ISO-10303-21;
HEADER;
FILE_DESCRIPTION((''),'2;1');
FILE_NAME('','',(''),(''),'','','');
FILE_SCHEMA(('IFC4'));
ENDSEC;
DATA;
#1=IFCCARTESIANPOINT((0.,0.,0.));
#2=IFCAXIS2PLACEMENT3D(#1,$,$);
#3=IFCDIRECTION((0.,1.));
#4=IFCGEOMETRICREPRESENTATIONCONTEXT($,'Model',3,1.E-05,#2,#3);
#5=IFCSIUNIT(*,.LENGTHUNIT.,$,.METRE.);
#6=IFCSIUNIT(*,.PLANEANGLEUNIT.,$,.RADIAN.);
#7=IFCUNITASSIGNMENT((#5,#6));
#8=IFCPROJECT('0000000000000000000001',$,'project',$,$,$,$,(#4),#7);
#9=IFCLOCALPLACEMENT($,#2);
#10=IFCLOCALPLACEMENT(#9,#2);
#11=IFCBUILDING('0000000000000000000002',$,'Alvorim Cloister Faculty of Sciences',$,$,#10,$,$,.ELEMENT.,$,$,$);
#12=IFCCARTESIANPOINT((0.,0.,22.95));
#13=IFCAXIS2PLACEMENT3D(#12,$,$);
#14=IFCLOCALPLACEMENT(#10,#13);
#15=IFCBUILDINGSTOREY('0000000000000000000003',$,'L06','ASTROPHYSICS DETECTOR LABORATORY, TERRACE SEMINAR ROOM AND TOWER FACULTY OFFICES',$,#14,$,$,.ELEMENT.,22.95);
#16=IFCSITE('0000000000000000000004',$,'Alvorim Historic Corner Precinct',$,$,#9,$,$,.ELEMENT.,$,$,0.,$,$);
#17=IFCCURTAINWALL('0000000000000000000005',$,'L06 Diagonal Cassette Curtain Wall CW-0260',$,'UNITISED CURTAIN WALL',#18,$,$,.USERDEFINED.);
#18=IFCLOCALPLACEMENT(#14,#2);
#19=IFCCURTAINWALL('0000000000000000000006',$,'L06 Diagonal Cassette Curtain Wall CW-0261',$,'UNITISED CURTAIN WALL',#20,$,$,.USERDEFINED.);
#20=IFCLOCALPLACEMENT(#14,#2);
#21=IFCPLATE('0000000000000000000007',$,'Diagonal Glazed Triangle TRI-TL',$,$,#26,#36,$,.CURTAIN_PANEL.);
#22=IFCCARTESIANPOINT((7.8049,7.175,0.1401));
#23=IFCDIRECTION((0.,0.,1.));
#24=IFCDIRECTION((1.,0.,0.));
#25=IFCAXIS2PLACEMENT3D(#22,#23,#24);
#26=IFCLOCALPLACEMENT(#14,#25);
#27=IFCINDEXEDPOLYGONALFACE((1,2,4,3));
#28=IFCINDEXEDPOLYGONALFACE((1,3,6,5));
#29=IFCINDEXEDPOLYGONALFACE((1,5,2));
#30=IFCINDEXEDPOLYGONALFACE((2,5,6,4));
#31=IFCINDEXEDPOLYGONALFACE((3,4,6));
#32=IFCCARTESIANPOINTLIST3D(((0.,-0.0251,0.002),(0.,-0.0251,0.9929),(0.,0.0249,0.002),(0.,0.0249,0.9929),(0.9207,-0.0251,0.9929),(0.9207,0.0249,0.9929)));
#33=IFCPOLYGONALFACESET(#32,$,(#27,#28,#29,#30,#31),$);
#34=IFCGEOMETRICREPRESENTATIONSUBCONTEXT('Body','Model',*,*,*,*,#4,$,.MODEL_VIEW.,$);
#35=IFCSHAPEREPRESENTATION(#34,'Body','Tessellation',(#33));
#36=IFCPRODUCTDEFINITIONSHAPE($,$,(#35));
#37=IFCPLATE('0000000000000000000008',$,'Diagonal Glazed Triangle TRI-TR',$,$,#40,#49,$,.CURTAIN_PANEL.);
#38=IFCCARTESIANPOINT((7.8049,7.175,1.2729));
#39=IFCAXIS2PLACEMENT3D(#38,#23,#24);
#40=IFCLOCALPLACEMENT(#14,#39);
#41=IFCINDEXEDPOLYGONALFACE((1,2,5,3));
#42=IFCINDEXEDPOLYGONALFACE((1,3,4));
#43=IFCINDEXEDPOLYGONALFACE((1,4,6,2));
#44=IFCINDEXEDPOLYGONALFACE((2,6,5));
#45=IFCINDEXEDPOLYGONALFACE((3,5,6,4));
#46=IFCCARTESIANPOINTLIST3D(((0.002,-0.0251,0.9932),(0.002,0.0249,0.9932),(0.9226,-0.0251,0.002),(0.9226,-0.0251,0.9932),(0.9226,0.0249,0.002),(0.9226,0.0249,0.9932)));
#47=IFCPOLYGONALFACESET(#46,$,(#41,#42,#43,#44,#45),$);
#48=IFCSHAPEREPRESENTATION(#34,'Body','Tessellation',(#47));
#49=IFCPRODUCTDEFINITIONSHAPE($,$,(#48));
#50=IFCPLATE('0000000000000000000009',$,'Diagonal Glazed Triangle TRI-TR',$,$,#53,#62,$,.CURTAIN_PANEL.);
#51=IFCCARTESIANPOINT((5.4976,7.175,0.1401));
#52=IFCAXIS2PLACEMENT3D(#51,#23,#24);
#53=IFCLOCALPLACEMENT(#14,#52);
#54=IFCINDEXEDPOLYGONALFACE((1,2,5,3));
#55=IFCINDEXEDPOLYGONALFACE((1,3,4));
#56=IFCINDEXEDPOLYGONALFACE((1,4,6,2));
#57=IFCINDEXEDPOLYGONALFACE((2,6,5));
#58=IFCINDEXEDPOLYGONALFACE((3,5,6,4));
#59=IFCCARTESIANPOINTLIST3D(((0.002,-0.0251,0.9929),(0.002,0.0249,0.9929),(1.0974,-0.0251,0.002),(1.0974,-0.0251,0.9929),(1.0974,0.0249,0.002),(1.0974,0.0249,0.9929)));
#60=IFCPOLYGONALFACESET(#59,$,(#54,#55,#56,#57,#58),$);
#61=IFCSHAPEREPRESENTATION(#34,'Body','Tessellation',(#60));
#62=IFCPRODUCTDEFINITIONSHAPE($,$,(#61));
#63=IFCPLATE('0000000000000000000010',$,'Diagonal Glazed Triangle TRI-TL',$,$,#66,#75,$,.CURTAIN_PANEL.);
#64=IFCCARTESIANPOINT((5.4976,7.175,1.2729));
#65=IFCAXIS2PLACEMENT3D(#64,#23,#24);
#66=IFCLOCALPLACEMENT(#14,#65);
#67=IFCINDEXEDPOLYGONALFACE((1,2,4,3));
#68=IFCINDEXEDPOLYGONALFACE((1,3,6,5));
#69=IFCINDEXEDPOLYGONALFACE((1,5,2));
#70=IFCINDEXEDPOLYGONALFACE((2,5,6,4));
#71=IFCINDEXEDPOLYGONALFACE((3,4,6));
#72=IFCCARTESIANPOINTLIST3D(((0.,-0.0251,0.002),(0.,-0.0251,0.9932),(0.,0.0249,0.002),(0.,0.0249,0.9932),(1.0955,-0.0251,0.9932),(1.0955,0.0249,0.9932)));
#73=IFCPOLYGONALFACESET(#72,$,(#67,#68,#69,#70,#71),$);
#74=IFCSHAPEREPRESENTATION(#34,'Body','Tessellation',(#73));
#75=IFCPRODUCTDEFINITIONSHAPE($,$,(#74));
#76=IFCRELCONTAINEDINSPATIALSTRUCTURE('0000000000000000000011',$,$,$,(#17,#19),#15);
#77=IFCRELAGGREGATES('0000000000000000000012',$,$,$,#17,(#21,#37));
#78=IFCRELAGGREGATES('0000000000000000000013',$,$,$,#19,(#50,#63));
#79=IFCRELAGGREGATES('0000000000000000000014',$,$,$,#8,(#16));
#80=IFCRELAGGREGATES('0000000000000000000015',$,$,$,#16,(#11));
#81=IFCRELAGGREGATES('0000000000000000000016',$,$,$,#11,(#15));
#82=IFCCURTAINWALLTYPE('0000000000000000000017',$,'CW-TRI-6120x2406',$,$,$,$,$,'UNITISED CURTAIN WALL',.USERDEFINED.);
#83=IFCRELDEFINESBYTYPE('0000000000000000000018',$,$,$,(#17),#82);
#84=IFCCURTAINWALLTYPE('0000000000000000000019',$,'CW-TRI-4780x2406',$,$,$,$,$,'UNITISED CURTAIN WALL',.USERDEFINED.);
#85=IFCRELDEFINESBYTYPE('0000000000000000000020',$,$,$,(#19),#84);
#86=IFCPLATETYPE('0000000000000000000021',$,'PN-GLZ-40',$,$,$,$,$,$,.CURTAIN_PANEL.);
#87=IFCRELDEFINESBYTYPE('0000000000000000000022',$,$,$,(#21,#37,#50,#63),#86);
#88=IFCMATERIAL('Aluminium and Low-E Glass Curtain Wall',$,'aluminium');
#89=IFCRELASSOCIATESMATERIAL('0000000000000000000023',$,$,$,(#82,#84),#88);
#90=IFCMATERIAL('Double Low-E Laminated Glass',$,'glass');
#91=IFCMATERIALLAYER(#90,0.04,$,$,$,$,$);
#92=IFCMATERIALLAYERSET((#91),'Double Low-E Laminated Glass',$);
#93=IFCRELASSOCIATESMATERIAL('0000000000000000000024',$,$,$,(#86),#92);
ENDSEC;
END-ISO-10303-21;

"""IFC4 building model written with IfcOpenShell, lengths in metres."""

from ifc_helpers import new_model, si_unit, direction, frame, origin, place, context, subcontext, project, spatial, polyline, outline, extrude, material, layer, layer_set, type_object, element, aggregate, save


model = new_model("IFC4")

# Units and contexts
model_context = context("Model", 3, precision=1e-05, world=origin(), true_north=direction((0.0, 1.0)))
body_context = subcontext(model_context, "Body", "Model", "MODEL_VIEW")
ifc_project = project(units=[si_unit("LENGTHUNIT", "METRE"), si_unit("PLANEANGLEUNIT", "RADIAN")], contexts=[model_context])

# Site, building, storey
site_placement = place(None, origin())
site = spatial("IfcSite", under=ifc_project, at=site_placement, Name="Alvorim Historic Corner Precinct", CompositionType="ELEMENT", RefElevation=0.0)
building_placement = place(site_placement, origin())
building = spatial("IfcBuilding", under=site, at=building_placement, Name="Alvorim Cloister Faculty of Sciences", CompositionType="ELEMENT")
storey_placement = place(building_placement, frame((0.0, 0.0, 22.95)))
storey = spatial("IfcBuildingStorey", under=building, at=storey_placement, Name="L06", Description="ASTROPHYSICS DETECTOR LABORATORY, TERRACE SEMINAR ROOM AND TOWER FACULTY OFFICES", CompositionType="ELEMENT", Elevation=22.95)

# Curtain wall
ifc_material_1 = material(Name="Aluminium and Low-E Glass Curtain Wall", Category="aluminium")
curtain_wall_type_1 = type_object("IfcCurtainWallType", Name="CW-TRI-6120x2406", ElementType="UNITISED CURTAIN WALL", PredefinedType="USERDEFINED", material=ifc_material_1)
curtain_wall_1_placement = place(storey_placement, origin())
curtain_wall_1 = element("IfcCurtainWall", 1, at=curtain_wall_1_placement, inside=storey, type_object=curtain_wall_type_1, Name="L06 Diagonal Cassette Curtain Wall CW-0260", ObjectType="UNITISED CURTAIN WALL", PredefinedType="USERDEFINED")

# Curtain wall
curtain_wall_type_2 = type_object("IfcCurtainWallType", Name="CW-TRI-4780x2406", ElementType="UNITISED CURTAIN WALL", PredefinedType="USERDEFINED", material=ifc_material_1)
curtain_wall_2_placement = place(storey_placement, origin())
curtain_wall_2 = element("IfcCurtainWall", 2, at=curtain_wall_2_placement, inside=storey, type_object=curtain_wall_type_2, Name="L06 Diagonal Cassette Curtain Wall CW-0261", ObjectType="UNITISED CURTAIN WALL", PredefinedType="USERDEFINED")

# Plates
ifc_material_2 = material(Name="Double Low-E Laminated Glass", Category="glass")
ifc_layer_1 = layer(ifc_material_2, 0.04)
ifc_layer_set_1 = layer_set([ifc_layer_1], Name="Double Low-E Laminated Glass")
plate_type = type_object("IfcPlateType", Name="PN-GLZ-40", PredefinedType="CURTAIN_PANEL", material=ifc_layer_set_1)
plate_1_placement = place(storey_placement, frame((7.8049, 7.175, 0.1401), z_axis=(0.0, 0.0, 1.0), x_axis=(1.0, 0.0, 0.0)))
plate_1 = element("IfcPlate", 3, at=plate_1_placement, type_object=plate_type, Name="Diagonal Glazed Triangle TRI-TL", PredefinedType="CURTAIN_PANEL", context=body_context, shape_type="SweptSolid", body=[
    extrude(outline(polyline([(0.9207, 0.9929), (0.0, 0.9929), (0.0, 0.002), (0.9207, 0.9929)])), frame((0.0, 0.0249, 0.0), z_axis=(0.0, -1.0, 0.0), x_axis=(1.0, 0.0, 0.0)), (0.0, 0.0, 1.0), 0.05),
])
plate_2_placement = place(storey_placement, frame((7.8049, 7.175, 1.2729), z_axis=(0.0, 0.0, 1.0), x_axis=(1.0, 0.0, 0.0)))
plate_2 = element("IfcPlate", 4, at=plate_2_placement, type_object=plate_type, Name="Diagonal Glazed Triangle TRI-TR", PredefinedType="CURTAIN_PANEL", context=body_context, shape_type="SweptSolid", body=[
    extrude(outline(polyline([(0.9226, 0.002), (0.9226, 0.9932), (0.002, 0.9932), (0.9226, 0.002)])), frame((0.0, 0.0249, 0.0), z_axis=(0.0, -1.0, 0.0), x_axis=(1.0, 0.0, 0.0)), (0.0, 0.0, 1.0), 0.05),
])
aggregate(curtain_wall_1, [plate_1, plate_2])
plate_3_placement = place(storey_placement, frame((5.4976, 7.175, 0.1401), z_axis=(0.0, 0.0, 1.0), x_axis=(1.0, 0.0, 0.0)))
plate_3 = element("IfcPlate", 5, at=plate_3_placement, type_object=plate_type, Name="Diagonal Glazed Triangle TRI-TR", PredefinedType="CURTAIN_PANEL", context=body_context, shape_type="SweptSolid", body=[
    extrude(outline(polyline([(1.0974, 0.002), (1.0974, 0.9929), (0.002, 0.9929), (1.0974, 0.002)])), frame((0.0, 0.0249, 0.0), z_axis=(0.0, -1.0, 0.0), x_axis=(1.0, 0.0, 0.0)), (0.0, 0.0, 1.0), 0.05),
])
plate_4_placement = place(storey_placement, frame((5.4976, 7.175, 1.2729), z_axis=(0.0, 0.0, 1.0), x_axis=(1.0, 0.0, 0.0)))
plate_4 = element("IfcPlate", 6, at=plate_4_placement, type_object=plate_type, Name="Diagonal Glazed Triangle TRI-TL", PredefinedType="CURTAIN_PANEL", context=body_context, shape_type="SweptSolid", body=[
    extrude(outline(polyline([(1.0955, 0.9932), (0.0, 0.9932), (0.0, 0.002), (1.0955, 0.9932)])), frame((0.0, 0.0249, 0.0), z_axis=(0.0, -1.0, 0.0), x_axis=(1.0, 0.0, 0.0)), (0.0, 0.0, 1.0), 0.05),
])
aggregate(curtain_wall_2, [plate_3, plate_4])

save(model, "model.ifc")
